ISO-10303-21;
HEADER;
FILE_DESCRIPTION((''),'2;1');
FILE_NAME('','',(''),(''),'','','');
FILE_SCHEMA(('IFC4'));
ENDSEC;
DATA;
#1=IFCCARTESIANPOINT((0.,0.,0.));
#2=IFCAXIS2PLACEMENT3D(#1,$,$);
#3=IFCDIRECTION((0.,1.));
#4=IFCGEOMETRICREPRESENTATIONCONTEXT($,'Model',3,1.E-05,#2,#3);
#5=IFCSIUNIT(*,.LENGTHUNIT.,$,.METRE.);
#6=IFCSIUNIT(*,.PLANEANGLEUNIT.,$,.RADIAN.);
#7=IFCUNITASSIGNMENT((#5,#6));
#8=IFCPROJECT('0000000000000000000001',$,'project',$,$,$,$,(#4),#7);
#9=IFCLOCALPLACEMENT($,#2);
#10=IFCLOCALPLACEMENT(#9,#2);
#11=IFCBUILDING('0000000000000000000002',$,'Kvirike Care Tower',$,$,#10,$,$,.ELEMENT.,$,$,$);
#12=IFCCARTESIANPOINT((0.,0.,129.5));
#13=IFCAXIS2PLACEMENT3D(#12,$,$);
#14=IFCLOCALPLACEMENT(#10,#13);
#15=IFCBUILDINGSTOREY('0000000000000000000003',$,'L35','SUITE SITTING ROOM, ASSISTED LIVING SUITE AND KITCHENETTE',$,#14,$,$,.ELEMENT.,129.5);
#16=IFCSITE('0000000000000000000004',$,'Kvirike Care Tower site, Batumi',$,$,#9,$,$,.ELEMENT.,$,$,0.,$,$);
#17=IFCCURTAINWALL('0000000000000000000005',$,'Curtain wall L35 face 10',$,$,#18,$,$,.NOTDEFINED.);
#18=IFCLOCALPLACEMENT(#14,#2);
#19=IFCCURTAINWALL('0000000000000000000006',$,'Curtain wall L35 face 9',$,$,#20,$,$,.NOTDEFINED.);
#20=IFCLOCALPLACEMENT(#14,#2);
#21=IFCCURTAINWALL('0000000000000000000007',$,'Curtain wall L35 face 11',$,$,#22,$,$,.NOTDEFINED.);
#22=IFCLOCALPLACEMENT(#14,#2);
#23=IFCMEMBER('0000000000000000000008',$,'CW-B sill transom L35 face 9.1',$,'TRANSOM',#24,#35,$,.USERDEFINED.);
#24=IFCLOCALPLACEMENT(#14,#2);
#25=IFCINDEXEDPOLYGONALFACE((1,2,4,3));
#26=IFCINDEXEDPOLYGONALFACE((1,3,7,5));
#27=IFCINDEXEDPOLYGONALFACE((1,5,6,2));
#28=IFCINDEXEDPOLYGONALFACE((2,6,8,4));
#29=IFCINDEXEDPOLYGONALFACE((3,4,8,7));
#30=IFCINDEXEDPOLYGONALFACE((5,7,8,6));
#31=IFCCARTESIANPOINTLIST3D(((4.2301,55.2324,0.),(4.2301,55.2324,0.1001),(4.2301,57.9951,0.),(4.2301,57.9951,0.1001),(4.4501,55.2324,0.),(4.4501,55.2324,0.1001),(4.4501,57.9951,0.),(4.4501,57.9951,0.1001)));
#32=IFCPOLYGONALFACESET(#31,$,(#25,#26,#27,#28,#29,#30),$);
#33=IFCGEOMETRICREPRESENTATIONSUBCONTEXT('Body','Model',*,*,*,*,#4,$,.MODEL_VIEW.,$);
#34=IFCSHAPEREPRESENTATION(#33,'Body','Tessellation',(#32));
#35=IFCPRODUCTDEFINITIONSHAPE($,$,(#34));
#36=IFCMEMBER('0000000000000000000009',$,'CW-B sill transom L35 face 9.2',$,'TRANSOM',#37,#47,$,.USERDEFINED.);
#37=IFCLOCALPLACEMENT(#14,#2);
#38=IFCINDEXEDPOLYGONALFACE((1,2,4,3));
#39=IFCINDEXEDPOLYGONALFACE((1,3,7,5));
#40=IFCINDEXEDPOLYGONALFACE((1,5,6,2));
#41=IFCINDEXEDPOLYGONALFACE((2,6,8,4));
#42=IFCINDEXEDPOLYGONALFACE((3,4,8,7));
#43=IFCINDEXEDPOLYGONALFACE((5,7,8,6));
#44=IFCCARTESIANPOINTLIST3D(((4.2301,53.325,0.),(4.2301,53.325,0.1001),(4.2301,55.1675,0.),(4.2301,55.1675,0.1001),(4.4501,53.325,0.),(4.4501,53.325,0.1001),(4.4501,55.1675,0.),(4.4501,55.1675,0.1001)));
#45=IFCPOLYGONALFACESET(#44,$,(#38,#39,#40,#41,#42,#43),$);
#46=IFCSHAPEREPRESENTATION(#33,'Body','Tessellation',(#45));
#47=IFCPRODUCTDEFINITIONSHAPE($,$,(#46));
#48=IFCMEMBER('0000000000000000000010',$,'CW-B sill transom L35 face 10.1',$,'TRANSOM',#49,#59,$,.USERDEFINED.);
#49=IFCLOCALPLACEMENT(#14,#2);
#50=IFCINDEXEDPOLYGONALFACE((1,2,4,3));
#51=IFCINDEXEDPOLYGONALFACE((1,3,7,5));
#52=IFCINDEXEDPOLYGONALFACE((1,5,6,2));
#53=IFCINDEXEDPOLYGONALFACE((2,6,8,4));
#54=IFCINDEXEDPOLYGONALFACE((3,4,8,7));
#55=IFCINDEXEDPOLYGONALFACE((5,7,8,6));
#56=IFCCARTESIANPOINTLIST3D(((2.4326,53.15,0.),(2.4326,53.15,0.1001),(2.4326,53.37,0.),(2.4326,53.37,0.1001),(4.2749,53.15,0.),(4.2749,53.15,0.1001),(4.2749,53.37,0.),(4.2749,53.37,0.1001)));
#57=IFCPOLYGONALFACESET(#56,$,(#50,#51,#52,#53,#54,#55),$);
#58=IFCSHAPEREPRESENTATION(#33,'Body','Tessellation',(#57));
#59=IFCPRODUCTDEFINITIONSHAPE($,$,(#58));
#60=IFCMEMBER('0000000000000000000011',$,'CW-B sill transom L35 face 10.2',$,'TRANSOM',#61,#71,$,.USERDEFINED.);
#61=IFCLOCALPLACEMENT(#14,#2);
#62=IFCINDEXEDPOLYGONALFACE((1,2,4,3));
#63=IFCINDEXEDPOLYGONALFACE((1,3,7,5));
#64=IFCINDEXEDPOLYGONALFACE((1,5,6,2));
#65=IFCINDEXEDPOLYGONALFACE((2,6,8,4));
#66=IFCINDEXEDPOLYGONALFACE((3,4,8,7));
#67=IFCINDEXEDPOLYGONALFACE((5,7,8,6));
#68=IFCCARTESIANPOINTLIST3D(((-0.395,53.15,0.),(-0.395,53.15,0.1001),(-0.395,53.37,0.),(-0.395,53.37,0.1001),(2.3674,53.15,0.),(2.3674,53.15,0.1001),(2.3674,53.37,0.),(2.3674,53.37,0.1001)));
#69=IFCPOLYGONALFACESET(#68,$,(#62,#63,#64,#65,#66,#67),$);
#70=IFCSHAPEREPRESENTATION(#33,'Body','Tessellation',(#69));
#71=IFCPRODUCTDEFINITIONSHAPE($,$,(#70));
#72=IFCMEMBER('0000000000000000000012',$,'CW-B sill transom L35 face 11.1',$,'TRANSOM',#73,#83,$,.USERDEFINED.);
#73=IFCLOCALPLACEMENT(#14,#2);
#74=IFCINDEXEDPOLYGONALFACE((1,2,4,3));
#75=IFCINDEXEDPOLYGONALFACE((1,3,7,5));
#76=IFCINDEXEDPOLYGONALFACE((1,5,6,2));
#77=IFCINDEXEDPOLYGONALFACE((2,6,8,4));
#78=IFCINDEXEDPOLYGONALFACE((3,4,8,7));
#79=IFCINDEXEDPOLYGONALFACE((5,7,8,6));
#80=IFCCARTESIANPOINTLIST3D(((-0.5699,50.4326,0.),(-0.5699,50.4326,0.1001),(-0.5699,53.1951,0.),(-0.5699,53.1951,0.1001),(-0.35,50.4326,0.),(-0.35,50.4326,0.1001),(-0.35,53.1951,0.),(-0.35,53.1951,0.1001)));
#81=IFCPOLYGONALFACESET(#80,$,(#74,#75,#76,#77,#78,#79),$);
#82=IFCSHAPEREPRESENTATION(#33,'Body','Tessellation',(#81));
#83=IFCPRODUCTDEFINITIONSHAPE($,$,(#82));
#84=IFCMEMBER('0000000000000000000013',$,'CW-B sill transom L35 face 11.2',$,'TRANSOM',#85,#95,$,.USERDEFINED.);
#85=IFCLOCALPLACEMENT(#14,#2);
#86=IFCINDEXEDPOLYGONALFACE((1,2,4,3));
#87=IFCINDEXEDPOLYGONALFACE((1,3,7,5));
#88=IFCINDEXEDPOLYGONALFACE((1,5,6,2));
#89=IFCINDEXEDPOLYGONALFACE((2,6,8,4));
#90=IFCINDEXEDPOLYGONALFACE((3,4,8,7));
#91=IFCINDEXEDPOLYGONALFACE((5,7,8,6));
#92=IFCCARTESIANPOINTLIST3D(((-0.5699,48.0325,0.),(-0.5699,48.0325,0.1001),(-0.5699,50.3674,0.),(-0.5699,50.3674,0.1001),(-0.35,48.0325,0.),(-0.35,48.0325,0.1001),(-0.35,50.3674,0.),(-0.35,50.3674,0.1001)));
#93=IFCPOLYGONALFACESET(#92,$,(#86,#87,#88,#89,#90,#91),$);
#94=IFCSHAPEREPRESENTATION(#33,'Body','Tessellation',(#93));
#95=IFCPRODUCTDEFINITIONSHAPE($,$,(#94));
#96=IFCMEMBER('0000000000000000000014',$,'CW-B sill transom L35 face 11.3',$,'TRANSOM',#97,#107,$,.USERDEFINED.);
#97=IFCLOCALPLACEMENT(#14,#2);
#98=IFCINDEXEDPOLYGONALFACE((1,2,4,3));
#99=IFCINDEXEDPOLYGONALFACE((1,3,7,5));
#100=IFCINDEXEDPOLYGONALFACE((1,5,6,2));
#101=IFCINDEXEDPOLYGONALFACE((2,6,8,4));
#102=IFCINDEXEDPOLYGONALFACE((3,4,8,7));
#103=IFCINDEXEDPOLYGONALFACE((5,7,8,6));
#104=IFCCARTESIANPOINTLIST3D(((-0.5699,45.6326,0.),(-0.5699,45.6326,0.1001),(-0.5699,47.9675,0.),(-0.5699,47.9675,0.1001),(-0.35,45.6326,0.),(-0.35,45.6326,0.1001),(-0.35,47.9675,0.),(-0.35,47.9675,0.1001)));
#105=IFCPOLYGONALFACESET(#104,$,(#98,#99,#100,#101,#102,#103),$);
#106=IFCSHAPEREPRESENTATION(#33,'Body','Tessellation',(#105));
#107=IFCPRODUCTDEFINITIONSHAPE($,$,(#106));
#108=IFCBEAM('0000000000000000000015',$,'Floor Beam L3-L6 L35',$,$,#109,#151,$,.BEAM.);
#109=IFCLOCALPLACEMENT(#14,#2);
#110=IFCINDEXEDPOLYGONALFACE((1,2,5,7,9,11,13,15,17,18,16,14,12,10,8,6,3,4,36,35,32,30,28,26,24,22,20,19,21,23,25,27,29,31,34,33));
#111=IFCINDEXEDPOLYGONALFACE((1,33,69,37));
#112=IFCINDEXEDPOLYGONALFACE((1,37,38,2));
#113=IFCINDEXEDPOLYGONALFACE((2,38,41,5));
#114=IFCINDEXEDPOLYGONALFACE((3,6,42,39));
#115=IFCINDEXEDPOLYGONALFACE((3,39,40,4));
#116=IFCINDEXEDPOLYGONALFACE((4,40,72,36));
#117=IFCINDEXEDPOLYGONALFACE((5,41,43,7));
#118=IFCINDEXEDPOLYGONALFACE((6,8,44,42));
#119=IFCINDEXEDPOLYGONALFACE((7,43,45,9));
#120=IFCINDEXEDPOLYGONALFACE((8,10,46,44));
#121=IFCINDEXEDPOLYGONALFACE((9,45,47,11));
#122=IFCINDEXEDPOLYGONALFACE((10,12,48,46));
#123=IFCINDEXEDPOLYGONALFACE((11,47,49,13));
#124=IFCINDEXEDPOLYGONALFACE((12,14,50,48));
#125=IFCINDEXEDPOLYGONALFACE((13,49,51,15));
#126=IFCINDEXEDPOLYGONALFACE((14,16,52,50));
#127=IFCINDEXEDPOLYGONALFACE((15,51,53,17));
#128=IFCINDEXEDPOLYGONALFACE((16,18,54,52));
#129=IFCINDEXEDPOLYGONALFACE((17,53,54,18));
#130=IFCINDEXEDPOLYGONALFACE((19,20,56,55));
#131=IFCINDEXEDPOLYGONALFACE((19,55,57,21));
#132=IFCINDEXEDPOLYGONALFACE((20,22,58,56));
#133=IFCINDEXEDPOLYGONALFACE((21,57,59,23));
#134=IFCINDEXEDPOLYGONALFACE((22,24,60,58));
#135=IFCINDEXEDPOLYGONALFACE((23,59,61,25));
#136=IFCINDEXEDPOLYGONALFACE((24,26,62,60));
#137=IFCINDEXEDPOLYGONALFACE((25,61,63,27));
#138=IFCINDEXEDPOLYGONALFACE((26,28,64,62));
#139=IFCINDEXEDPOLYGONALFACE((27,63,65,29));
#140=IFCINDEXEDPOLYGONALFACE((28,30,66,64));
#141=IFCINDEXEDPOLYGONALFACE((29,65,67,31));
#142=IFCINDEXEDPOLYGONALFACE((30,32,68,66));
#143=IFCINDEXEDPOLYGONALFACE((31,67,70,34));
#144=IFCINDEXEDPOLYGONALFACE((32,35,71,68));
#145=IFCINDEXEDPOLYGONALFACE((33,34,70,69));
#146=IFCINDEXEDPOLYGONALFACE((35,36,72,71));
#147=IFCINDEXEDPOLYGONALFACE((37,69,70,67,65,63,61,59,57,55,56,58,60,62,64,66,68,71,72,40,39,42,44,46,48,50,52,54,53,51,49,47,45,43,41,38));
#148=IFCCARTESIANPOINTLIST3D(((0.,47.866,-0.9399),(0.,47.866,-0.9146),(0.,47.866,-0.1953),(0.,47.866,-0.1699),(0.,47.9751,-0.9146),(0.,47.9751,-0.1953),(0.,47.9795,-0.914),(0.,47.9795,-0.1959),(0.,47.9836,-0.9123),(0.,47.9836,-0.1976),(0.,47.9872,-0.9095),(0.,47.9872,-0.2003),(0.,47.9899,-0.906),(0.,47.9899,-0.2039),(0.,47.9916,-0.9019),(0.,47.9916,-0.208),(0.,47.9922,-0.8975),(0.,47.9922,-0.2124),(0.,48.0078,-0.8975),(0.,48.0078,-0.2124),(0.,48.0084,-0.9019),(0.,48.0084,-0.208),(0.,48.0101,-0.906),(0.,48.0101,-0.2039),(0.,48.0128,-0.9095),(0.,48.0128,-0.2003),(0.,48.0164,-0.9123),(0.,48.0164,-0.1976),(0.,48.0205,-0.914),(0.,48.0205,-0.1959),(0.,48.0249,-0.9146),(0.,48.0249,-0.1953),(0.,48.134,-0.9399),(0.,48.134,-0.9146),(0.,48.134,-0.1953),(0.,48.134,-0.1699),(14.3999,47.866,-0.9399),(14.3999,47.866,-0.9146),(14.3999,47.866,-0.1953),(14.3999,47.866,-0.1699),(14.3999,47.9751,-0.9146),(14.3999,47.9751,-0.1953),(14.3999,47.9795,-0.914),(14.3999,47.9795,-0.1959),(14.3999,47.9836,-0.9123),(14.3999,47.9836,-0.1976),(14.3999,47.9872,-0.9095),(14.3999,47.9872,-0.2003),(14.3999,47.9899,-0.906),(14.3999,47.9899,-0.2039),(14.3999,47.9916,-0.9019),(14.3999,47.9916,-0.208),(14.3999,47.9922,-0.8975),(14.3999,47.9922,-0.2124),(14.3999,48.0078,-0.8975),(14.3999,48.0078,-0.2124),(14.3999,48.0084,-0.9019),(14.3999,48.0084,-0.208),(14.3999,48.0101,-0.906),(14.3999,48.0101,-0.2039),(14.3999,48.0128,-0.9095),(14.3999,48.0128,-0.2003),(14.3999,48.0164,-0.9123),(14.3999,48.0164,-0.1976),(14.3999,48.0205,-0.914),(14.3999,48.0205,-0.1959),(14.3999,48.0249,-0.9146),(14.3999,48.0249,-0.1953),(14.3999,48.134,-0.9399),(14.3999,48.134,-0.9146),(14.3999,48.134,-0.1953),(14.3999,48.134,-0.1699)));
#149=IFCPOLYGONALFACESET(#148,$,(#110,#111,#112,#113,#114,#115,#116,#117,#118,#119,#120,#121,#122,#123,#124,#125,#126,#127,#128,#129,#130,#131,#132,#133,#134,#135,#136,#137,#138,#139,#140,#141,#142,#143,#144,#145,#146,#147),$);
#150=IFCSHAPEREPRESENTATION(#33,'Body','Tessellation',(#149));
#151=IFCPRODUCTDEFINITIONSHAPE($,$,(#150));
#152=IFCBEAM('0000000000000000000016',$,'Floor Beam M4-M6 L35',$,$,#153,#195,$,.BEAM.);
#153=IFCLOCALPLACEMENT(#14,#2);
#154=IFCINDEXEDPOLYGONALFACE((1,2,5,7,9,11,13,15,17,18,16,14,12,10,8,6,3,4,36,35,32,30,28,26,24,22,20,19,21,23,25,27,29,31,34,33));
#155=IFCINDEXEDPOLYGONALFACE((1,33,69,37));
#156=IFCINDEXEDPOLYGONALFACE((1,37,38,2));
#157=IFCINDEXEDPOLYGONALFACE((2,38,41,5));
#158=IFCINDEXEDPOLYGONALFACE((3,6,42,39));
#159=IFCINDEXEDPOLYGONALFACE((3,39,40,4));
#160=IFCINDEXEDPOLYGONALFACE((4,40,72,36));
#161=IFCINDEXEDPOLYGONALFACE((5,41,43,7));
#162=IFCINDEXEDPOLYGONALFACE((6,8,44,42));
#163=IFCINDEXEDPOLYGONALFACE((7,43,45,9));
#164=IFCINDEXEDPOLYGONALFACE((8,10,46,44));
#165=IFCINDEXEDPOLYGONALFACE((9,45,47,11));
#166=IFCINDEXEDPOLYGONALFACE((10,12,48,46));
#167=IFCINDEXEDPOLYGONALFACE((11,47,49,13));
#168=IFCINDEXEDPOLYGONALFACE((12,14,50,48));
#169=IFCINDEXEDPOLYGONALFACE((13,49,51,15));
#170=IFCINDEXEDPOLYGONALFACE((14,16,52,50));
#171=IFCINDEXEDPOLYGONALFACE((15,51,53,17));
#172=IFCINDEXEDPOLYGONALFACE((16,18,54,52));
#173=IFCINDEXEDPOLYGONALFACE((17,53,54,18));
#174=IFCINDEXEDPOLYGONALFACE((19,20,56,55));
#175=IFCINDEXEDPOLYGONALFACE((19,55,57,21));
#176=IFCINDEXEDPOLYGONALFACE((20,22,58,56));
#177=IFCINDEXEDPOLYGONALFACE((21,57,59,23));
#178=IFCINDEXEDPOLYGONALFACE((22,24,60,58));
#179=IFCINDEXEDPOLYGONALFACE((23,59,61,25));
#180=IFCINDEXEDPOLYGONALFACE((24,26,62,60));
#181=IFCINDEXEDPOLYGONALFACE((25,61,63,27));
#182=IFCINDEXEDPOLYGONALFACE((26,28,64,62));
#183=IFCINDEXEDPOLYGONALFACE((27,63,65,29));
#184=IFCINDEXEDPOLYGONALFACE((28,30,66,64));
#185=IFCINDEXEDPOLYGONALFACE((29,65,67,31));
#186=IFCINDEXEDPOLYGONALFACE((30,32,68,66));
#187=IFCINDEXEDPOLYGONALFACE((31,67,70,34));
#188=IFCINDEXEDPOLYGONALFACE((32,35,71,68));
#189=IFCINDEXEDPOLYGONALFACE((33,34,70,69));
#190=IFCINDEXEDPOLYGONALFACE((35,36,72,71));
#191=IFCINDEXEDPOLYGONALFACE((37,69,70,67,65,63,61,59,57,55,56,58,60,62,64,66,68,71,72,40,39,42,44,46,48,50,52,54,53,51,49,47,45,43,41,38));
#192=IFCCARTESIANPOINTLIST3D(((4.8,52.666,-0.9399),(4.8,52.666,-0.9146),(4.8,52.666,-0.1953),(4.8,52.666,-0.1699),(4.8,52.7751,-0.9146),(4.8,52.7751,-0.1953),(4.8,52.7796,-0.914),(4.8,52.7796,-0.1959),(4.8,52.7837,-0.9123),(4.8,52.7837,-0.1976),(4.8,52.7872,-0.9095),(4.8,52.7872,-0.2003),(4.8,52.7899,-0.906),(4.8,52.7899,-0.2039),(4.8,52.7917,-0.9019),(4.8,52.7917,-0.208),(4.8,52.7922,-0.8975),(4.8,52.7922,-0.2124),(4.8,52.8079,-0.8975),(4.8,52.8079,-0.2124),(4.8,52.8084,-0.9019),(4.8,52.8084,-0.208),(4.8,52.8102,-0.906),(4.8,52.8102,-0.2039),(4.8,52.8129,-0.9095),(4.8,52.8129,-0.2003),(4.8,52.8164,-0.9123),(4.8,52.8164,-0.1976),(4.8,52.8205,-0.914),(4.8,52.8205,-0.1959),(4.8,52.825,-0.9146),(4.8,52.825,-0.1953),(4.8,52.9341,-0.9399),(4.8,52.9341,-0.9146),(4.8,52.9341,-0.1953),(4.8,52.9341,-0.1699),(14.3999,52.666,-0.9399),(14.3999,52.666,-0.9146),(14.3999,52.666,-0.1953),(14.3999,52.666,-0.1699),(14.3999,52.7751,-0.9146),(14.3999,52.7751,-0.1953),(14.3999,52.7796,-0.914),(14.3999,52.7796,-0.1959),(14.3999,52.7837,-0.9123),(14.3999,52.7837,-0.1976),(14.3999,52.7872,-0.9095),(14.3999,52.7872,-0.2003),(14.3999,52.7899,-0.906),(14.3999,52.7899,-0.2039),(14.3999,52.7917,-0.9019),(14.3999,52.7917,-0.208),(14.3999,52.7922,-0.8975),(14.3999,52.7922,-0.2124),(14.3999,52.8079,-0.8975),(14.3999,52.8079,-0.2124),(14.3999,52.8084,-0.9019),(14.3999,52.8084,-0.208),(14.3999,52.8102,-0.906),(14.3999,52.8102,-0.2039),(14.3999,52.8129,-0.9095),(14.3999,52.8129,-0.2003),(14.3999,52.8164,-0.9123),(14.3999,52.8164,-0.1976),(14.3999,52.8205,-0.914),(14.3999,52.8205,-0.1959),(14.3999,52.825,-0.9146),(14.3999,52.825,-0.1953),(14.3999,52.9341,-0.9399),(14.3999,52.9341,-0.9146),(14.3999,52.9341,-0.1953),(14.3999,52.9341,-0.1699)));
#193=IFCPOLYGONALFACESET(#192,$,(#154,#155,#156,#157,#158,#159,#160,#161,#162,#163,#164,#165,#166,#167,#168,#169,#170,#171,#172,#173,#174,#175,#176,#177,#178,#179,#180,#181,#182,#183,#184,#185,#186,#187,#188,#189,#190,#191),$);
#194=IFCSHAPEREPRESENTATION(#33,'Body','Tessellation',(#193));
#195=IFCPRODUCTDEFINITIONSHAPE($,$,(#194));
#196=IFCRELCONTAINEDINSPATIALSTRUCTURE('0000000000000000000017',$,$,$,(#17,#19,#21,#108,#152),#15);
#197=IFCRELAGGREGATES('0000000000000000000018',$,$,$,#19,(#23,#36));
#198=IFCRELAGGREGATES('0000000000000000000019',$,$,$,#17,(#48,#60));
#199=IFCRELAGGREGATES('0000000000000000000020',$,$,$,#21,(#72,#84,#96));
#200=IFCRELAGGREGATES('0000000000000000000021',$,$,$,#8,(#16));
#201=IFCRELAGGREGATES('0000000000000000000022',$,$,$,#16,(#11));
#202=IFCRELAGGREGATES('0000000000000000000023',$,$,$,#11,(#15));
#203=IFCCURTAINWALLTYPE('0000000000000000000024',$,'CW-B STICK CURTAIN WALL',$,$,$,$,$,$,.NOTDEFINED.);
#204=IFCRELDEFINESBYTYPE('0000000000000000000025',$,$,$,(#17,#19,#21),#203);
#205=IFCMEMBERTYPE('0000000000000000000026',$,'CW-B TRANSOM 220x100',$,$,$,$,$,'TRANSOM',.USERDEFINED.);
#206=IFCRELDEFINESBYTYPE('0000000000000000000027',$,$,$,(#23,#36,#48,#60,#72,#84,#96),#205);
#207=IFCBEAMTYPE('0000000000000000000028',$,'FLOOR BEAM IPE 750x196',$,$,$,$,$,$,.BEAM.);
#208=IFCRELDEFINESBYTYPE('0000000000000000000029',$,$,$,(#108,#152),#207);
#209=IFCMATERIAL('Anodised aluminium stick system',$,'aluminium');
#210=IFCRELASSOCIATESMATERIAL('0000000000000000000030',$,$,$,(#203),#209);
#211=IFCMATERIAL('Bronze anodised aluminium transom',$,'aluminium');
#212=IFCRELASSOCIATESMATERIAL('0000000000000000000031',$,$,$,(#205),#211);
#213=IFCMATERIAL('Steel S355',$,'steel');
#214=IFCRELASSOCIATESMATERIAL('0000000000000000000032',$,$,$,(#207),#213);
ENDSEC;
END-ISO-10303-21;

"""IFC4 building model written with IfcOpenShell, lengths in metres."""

from ifc_helpers import new_model, si_unit, direction, frame, origin, origin_2d, place, context, subcontext, project, spatial, rectangle, i_section, extrude, material, material_profile, profile_set, type_object, element, aggregate, save


model = new_model("IFC4")

# Units and contexts
model_context = context("Model", 3, precision=1e-05, world=origin(), true_north=direction((0.0, 1.0)))
body_context = subcontext(model_context, "Body", "Model", "MODEL_VIEW")
ifc_project = project(units=[si_unit("LENGTHUNIT", "METRE"), si_unit("PLANEANGLEUNIT", "RADIAN")], contexts=[model_context])

# Site, building, storey
site_placement = place(None, origin())
site = spatial("IfcSite", under=ifc_project, at=site_placement, Name="Kvirike Care Tower site, Batumi", CompositionType="ELEMENT", RefElevation=0.0)
building_placement = place(site_placement, origin())
building = spatial("IfcBuilding", under=site, at=building_placement, Name="Kvirike Care Tower", CompositionType="ELEMENT")
storey_placement = place(building_placement, frame((0.0, 0.0, 129.5)))
storey = spatial("IfcBuildingStorey", under=building, at=storey_placement, Name="L35", Description="SUITE SITTING ROOM, ASSISTED LIVING SUITE AND KITCHENETTE", CompositionType="ELEMENT", Elevation=129.5)

# Curtain wall
ifc_material_1 = material(Name="Anodised aluminium stick system", Category="aluminium")
curtain_wall_type = type_object("IfcCurtainWallType", Name="CW-B STICK CURTAIN WALL", PredefinedType="NOTDEFINED", material=ifc_material_1)
curtain_wall_1_placement = place(storey_placement, origin())
curtain_wall_1 = element("IfcCurtainWall", 1, at=curtain_wall_1_placement, inside=storey, type_object=curtain_wall_type, Name="Curtain wall L35 face 10", PredefinedType="NOTDEFINED")

# Curtain wall
curtain_wall_2_placement = place(storey_placement, origin())
curtain_wall_2 = element("IfcCurtainWall", 2, at=curtain_wall_2_placement, inside=storey, type_object=curtain_wall_type, Name="Curtain wall L35 face 9", PredefinedType="NOTDEFINED")

# Curtain wall
curtain_wall_3_placement = place(storey_placement, origin())
curtain_wall_3 = element("IfcCurtainWall", 3, at=curtain_wall_3_placement, inside=storey, type_object=curtain_wall_type, Name="Curtain wall L35 face 11", PredefinedType="NOTDEFINED")

# Members
ifc_material_2 = material(Name="Bronze anodised aluminium transom", Category="aluminium")
ifc_material_profile_1 = material_profile(ifc_material_2, rectangle(XDim=0.22, YDim=0.1001, at=origin_2d()), Name="CW-B TRANSOM 220x100")
ifc_profile_set_1 = profile_set([ifc_material_profile_1], Name="Bronze anodised aluminium transom")
member_type_1 = type_object("IfcMemberType", Name="CW-B TRANSOM 220x100", ElementType="TRANSOM", PredefinedType="USERDEFINED", material=ifc_profile_set_1)
member_1_placement = place(storey_placement, frame((4.3401, 57.9951, 0.05), z_axis=(0.0, -1.0, 0.0), x_axis=(1.0, 0.0, 0.0)))
member_1 = element("IfcMember", 4, at=member_1_placement, type_object=member_type_1, Name="CW-B sill transom L35 face 9.1", ObjectType="TRANSOM", PredefinedType="USERDEFINED", context=body_context, shape_type="SweptSolid", body=[
    extrude(rectangle(XDim=0.22, YDim=0.1001, at=origin_2d()), origin(), (0.0, 0.0, 1.0), 2.7627),
])
member_2_placement = place(storey_placement, frame((4.3401, 55.1675, 0.05), z_axis=(0.0, -1.0, 0.0), x_axis=(1.0, 0.0, 0.0)))
member_2 = element("IfcMember", 5, at=member_2_placement, type_object=member_type_1, Name="CW-B sill transom L35 face 9.2", ObjectType="TRANSOM", PredefinedType="USERDEFINED", context=body_context, shape_type="SweptSolid", body=[
    extrude(rectangle(XDim=0.22, YDim=0.1001, at=origin_2d()), origin(), (0.0, 0.0, 1.0), 1.8425),
])
member_3_placement = place(storey_placement, frame((4.2749, 53.26, 0.05), z_axis=(-1.0, 0.0, 0.0), x_axis=(0.0, -1.0, 0.0)))
member_3 = element("IfcMember", 6, at=member_3_placement, type_object=member_type_1, Name="CW-B sill transom L35 face 10.1", ObjectType="TRANSOM", PredefinedType="USERDEFINED", context=body_context, shape_type="SweptSolid", body=[
    extrude(rectangle(XDim=0.22, YDim=0.1001, at=origin_2d()), origin(), (0.0, 0.0, 1.0), 1.8423),
])
member_4_placement = place(storey_placement, frame((2.3674, 53.26, 0.05), z_axis=(-1.0, 0.0, 0.0), x_axis=(0.0, -1.0, 0.0)))
member_4 = element("IfcMember", 7, at=member_4_placement, type_object=member_type_1, Name="CW-B sill transom L35 face 10.2", ObjectType="TRANSOM", PredefinedType="USERDEFINED", context=body_context, shape_type="SweptSolid", body=[
    extrude(rectangle(XDim=0.22, YDim=0.1001, at=origin_2d()), origin(), (0.0, 0.0, 1.0), 2.7625),
])
member_5_placement = place(storey_placement, frame((-0.46, 53.1951, 0.05), z_axis=(0.0, -1.0, 0.0), x_axis=(1.0, 0.0, 0.0)))
member_5 = element("IfcMember", 8, at=member_5_placement, type_object=member_type_1, Name="CW-B sill transom L35 face 11.1", ObjectType="TRANSOM", PredefinedType="USERDEFINED", context=body_context, shape_type="SweptSolid", body=[
    extrude(rectangle(XDim=0.22, YDim=0.1001, at=origin_2d()), origin(), (0.0, 0.0, 1.0), 2.7625),
])
member_6_placement = place(storey_placement, frame((-0.46, 50.3674, 0.05), z_axis=(0.0, -1.0, 0.0), x_axis=(1.0, 0.0, 0.0)))
member_6 = element("IfcMember", 9, at=member_6_placement, type_object=member_type_1, Name="CW-B sill transom L35 face 11.2", ObjectType="TRANSOM", PredefinedType="USERDEFINED", context=body_context, shape_type="SweptSolid", body=[
    extrude(rectangle(XDim=0.22, YDim=0.1001, at=origin_2d()), origin(), (0.0, 0.0, 1.0), 2.335),
])
member_7_placement = place(storey_placement, frame((-0.46, 47.9675, 0.05), z_axis=(0.0, -1.0, 0.0), x_axis=(1.0, 0.0, 0.0)))
member_7 = element("IfcMember", 10, at=member_7_placement, type_object=member_type_1, Name="CW-B sill transom L35 face 11.3", ObjectType="TRANSOM", PredefinedType="USERDEFINED", context=body_context, shape_type="SweptSolid", body=[
    extrude(rectangle(XDim=0.22, YDim=0.1001, at=origin_2d()), origin(), (0.0, 0.0, 1.0), 2.335),
])

# Beams
ifc_material_3 = material(Name="Steel S355", Category="steel")
ifc_material_profile_2 = material_profile(ifc_material_3, i_section(OverallWidth=0.2681, OverallDepth=0.77, WebThickness=0.0156, FlangeThickness=0.0254, FilletRadius=0.0171, at=origin_2d()), Name="IPE 750x196")
ifc_profile_set_2 = profile_set([ifc_material_profile_2], Name="Steel S355")
beam_type_1 = type_object("IfcBeamType", Name="FLOOR BEAM IPE 750x196", PredefinedType="BEAM", material=ifc_profile_set_2)
beam_1_placement = place(storey_placement, frame((0.0, 48.0, -0.5549), z_axis=(1.0, 0.0, 0.0), x_axis=(0.0, 1.0, 0.0)))
element("IfcBeam", 11, at=beam_1_placement, inside=storey, type_object=beam_type_1, Name="Floor Beam L3-L6 L35", PredefinedType="BEAM", context=body_context, shape_type="SweptSolid", body=[
    extrude(i_section(OverallWidth=0.2681, OverallDepth=0.77, WebThickness=0.0156, FlangeThickness=0.0254, FilletRadius=0.0171, at=origin_2d()), origin(), (0.0, 0.0, 1.0), 14.3999),
])
beam_2_placement = place(storey_placement, frame((4.8, 52.8, -0.5549), z_axis=(1.0, 0.0, 0.0), x_axis=(0.0, 1.0, 0.0)))
element("IfcBeam", 12, at=beam_2_placement, inside=storey, type_object=beam_type_1, Name="Floor Beam M4-M6 L35", PredefinedType="BEAM", context=body_context, shape_type="SweptSolid", body=[
    extrude(i_section(OverallWidth=0.2681, OverallDepth=0.77, WebThickness=0.0156, FlangeThickness=0.0254, FilletRadius=0.0171, at=origin_2d()), origin(), (0.0, 0.0, 1.0), 9.5999),
])

aggregate(curtain_wall_2, [member_1, member_2])
aggregate(curtain_wall_1, [member_3, member_4])
aggregate(curtain_wall_3, [member_5, member_6, member_7])

save(model, "model.ifc")
